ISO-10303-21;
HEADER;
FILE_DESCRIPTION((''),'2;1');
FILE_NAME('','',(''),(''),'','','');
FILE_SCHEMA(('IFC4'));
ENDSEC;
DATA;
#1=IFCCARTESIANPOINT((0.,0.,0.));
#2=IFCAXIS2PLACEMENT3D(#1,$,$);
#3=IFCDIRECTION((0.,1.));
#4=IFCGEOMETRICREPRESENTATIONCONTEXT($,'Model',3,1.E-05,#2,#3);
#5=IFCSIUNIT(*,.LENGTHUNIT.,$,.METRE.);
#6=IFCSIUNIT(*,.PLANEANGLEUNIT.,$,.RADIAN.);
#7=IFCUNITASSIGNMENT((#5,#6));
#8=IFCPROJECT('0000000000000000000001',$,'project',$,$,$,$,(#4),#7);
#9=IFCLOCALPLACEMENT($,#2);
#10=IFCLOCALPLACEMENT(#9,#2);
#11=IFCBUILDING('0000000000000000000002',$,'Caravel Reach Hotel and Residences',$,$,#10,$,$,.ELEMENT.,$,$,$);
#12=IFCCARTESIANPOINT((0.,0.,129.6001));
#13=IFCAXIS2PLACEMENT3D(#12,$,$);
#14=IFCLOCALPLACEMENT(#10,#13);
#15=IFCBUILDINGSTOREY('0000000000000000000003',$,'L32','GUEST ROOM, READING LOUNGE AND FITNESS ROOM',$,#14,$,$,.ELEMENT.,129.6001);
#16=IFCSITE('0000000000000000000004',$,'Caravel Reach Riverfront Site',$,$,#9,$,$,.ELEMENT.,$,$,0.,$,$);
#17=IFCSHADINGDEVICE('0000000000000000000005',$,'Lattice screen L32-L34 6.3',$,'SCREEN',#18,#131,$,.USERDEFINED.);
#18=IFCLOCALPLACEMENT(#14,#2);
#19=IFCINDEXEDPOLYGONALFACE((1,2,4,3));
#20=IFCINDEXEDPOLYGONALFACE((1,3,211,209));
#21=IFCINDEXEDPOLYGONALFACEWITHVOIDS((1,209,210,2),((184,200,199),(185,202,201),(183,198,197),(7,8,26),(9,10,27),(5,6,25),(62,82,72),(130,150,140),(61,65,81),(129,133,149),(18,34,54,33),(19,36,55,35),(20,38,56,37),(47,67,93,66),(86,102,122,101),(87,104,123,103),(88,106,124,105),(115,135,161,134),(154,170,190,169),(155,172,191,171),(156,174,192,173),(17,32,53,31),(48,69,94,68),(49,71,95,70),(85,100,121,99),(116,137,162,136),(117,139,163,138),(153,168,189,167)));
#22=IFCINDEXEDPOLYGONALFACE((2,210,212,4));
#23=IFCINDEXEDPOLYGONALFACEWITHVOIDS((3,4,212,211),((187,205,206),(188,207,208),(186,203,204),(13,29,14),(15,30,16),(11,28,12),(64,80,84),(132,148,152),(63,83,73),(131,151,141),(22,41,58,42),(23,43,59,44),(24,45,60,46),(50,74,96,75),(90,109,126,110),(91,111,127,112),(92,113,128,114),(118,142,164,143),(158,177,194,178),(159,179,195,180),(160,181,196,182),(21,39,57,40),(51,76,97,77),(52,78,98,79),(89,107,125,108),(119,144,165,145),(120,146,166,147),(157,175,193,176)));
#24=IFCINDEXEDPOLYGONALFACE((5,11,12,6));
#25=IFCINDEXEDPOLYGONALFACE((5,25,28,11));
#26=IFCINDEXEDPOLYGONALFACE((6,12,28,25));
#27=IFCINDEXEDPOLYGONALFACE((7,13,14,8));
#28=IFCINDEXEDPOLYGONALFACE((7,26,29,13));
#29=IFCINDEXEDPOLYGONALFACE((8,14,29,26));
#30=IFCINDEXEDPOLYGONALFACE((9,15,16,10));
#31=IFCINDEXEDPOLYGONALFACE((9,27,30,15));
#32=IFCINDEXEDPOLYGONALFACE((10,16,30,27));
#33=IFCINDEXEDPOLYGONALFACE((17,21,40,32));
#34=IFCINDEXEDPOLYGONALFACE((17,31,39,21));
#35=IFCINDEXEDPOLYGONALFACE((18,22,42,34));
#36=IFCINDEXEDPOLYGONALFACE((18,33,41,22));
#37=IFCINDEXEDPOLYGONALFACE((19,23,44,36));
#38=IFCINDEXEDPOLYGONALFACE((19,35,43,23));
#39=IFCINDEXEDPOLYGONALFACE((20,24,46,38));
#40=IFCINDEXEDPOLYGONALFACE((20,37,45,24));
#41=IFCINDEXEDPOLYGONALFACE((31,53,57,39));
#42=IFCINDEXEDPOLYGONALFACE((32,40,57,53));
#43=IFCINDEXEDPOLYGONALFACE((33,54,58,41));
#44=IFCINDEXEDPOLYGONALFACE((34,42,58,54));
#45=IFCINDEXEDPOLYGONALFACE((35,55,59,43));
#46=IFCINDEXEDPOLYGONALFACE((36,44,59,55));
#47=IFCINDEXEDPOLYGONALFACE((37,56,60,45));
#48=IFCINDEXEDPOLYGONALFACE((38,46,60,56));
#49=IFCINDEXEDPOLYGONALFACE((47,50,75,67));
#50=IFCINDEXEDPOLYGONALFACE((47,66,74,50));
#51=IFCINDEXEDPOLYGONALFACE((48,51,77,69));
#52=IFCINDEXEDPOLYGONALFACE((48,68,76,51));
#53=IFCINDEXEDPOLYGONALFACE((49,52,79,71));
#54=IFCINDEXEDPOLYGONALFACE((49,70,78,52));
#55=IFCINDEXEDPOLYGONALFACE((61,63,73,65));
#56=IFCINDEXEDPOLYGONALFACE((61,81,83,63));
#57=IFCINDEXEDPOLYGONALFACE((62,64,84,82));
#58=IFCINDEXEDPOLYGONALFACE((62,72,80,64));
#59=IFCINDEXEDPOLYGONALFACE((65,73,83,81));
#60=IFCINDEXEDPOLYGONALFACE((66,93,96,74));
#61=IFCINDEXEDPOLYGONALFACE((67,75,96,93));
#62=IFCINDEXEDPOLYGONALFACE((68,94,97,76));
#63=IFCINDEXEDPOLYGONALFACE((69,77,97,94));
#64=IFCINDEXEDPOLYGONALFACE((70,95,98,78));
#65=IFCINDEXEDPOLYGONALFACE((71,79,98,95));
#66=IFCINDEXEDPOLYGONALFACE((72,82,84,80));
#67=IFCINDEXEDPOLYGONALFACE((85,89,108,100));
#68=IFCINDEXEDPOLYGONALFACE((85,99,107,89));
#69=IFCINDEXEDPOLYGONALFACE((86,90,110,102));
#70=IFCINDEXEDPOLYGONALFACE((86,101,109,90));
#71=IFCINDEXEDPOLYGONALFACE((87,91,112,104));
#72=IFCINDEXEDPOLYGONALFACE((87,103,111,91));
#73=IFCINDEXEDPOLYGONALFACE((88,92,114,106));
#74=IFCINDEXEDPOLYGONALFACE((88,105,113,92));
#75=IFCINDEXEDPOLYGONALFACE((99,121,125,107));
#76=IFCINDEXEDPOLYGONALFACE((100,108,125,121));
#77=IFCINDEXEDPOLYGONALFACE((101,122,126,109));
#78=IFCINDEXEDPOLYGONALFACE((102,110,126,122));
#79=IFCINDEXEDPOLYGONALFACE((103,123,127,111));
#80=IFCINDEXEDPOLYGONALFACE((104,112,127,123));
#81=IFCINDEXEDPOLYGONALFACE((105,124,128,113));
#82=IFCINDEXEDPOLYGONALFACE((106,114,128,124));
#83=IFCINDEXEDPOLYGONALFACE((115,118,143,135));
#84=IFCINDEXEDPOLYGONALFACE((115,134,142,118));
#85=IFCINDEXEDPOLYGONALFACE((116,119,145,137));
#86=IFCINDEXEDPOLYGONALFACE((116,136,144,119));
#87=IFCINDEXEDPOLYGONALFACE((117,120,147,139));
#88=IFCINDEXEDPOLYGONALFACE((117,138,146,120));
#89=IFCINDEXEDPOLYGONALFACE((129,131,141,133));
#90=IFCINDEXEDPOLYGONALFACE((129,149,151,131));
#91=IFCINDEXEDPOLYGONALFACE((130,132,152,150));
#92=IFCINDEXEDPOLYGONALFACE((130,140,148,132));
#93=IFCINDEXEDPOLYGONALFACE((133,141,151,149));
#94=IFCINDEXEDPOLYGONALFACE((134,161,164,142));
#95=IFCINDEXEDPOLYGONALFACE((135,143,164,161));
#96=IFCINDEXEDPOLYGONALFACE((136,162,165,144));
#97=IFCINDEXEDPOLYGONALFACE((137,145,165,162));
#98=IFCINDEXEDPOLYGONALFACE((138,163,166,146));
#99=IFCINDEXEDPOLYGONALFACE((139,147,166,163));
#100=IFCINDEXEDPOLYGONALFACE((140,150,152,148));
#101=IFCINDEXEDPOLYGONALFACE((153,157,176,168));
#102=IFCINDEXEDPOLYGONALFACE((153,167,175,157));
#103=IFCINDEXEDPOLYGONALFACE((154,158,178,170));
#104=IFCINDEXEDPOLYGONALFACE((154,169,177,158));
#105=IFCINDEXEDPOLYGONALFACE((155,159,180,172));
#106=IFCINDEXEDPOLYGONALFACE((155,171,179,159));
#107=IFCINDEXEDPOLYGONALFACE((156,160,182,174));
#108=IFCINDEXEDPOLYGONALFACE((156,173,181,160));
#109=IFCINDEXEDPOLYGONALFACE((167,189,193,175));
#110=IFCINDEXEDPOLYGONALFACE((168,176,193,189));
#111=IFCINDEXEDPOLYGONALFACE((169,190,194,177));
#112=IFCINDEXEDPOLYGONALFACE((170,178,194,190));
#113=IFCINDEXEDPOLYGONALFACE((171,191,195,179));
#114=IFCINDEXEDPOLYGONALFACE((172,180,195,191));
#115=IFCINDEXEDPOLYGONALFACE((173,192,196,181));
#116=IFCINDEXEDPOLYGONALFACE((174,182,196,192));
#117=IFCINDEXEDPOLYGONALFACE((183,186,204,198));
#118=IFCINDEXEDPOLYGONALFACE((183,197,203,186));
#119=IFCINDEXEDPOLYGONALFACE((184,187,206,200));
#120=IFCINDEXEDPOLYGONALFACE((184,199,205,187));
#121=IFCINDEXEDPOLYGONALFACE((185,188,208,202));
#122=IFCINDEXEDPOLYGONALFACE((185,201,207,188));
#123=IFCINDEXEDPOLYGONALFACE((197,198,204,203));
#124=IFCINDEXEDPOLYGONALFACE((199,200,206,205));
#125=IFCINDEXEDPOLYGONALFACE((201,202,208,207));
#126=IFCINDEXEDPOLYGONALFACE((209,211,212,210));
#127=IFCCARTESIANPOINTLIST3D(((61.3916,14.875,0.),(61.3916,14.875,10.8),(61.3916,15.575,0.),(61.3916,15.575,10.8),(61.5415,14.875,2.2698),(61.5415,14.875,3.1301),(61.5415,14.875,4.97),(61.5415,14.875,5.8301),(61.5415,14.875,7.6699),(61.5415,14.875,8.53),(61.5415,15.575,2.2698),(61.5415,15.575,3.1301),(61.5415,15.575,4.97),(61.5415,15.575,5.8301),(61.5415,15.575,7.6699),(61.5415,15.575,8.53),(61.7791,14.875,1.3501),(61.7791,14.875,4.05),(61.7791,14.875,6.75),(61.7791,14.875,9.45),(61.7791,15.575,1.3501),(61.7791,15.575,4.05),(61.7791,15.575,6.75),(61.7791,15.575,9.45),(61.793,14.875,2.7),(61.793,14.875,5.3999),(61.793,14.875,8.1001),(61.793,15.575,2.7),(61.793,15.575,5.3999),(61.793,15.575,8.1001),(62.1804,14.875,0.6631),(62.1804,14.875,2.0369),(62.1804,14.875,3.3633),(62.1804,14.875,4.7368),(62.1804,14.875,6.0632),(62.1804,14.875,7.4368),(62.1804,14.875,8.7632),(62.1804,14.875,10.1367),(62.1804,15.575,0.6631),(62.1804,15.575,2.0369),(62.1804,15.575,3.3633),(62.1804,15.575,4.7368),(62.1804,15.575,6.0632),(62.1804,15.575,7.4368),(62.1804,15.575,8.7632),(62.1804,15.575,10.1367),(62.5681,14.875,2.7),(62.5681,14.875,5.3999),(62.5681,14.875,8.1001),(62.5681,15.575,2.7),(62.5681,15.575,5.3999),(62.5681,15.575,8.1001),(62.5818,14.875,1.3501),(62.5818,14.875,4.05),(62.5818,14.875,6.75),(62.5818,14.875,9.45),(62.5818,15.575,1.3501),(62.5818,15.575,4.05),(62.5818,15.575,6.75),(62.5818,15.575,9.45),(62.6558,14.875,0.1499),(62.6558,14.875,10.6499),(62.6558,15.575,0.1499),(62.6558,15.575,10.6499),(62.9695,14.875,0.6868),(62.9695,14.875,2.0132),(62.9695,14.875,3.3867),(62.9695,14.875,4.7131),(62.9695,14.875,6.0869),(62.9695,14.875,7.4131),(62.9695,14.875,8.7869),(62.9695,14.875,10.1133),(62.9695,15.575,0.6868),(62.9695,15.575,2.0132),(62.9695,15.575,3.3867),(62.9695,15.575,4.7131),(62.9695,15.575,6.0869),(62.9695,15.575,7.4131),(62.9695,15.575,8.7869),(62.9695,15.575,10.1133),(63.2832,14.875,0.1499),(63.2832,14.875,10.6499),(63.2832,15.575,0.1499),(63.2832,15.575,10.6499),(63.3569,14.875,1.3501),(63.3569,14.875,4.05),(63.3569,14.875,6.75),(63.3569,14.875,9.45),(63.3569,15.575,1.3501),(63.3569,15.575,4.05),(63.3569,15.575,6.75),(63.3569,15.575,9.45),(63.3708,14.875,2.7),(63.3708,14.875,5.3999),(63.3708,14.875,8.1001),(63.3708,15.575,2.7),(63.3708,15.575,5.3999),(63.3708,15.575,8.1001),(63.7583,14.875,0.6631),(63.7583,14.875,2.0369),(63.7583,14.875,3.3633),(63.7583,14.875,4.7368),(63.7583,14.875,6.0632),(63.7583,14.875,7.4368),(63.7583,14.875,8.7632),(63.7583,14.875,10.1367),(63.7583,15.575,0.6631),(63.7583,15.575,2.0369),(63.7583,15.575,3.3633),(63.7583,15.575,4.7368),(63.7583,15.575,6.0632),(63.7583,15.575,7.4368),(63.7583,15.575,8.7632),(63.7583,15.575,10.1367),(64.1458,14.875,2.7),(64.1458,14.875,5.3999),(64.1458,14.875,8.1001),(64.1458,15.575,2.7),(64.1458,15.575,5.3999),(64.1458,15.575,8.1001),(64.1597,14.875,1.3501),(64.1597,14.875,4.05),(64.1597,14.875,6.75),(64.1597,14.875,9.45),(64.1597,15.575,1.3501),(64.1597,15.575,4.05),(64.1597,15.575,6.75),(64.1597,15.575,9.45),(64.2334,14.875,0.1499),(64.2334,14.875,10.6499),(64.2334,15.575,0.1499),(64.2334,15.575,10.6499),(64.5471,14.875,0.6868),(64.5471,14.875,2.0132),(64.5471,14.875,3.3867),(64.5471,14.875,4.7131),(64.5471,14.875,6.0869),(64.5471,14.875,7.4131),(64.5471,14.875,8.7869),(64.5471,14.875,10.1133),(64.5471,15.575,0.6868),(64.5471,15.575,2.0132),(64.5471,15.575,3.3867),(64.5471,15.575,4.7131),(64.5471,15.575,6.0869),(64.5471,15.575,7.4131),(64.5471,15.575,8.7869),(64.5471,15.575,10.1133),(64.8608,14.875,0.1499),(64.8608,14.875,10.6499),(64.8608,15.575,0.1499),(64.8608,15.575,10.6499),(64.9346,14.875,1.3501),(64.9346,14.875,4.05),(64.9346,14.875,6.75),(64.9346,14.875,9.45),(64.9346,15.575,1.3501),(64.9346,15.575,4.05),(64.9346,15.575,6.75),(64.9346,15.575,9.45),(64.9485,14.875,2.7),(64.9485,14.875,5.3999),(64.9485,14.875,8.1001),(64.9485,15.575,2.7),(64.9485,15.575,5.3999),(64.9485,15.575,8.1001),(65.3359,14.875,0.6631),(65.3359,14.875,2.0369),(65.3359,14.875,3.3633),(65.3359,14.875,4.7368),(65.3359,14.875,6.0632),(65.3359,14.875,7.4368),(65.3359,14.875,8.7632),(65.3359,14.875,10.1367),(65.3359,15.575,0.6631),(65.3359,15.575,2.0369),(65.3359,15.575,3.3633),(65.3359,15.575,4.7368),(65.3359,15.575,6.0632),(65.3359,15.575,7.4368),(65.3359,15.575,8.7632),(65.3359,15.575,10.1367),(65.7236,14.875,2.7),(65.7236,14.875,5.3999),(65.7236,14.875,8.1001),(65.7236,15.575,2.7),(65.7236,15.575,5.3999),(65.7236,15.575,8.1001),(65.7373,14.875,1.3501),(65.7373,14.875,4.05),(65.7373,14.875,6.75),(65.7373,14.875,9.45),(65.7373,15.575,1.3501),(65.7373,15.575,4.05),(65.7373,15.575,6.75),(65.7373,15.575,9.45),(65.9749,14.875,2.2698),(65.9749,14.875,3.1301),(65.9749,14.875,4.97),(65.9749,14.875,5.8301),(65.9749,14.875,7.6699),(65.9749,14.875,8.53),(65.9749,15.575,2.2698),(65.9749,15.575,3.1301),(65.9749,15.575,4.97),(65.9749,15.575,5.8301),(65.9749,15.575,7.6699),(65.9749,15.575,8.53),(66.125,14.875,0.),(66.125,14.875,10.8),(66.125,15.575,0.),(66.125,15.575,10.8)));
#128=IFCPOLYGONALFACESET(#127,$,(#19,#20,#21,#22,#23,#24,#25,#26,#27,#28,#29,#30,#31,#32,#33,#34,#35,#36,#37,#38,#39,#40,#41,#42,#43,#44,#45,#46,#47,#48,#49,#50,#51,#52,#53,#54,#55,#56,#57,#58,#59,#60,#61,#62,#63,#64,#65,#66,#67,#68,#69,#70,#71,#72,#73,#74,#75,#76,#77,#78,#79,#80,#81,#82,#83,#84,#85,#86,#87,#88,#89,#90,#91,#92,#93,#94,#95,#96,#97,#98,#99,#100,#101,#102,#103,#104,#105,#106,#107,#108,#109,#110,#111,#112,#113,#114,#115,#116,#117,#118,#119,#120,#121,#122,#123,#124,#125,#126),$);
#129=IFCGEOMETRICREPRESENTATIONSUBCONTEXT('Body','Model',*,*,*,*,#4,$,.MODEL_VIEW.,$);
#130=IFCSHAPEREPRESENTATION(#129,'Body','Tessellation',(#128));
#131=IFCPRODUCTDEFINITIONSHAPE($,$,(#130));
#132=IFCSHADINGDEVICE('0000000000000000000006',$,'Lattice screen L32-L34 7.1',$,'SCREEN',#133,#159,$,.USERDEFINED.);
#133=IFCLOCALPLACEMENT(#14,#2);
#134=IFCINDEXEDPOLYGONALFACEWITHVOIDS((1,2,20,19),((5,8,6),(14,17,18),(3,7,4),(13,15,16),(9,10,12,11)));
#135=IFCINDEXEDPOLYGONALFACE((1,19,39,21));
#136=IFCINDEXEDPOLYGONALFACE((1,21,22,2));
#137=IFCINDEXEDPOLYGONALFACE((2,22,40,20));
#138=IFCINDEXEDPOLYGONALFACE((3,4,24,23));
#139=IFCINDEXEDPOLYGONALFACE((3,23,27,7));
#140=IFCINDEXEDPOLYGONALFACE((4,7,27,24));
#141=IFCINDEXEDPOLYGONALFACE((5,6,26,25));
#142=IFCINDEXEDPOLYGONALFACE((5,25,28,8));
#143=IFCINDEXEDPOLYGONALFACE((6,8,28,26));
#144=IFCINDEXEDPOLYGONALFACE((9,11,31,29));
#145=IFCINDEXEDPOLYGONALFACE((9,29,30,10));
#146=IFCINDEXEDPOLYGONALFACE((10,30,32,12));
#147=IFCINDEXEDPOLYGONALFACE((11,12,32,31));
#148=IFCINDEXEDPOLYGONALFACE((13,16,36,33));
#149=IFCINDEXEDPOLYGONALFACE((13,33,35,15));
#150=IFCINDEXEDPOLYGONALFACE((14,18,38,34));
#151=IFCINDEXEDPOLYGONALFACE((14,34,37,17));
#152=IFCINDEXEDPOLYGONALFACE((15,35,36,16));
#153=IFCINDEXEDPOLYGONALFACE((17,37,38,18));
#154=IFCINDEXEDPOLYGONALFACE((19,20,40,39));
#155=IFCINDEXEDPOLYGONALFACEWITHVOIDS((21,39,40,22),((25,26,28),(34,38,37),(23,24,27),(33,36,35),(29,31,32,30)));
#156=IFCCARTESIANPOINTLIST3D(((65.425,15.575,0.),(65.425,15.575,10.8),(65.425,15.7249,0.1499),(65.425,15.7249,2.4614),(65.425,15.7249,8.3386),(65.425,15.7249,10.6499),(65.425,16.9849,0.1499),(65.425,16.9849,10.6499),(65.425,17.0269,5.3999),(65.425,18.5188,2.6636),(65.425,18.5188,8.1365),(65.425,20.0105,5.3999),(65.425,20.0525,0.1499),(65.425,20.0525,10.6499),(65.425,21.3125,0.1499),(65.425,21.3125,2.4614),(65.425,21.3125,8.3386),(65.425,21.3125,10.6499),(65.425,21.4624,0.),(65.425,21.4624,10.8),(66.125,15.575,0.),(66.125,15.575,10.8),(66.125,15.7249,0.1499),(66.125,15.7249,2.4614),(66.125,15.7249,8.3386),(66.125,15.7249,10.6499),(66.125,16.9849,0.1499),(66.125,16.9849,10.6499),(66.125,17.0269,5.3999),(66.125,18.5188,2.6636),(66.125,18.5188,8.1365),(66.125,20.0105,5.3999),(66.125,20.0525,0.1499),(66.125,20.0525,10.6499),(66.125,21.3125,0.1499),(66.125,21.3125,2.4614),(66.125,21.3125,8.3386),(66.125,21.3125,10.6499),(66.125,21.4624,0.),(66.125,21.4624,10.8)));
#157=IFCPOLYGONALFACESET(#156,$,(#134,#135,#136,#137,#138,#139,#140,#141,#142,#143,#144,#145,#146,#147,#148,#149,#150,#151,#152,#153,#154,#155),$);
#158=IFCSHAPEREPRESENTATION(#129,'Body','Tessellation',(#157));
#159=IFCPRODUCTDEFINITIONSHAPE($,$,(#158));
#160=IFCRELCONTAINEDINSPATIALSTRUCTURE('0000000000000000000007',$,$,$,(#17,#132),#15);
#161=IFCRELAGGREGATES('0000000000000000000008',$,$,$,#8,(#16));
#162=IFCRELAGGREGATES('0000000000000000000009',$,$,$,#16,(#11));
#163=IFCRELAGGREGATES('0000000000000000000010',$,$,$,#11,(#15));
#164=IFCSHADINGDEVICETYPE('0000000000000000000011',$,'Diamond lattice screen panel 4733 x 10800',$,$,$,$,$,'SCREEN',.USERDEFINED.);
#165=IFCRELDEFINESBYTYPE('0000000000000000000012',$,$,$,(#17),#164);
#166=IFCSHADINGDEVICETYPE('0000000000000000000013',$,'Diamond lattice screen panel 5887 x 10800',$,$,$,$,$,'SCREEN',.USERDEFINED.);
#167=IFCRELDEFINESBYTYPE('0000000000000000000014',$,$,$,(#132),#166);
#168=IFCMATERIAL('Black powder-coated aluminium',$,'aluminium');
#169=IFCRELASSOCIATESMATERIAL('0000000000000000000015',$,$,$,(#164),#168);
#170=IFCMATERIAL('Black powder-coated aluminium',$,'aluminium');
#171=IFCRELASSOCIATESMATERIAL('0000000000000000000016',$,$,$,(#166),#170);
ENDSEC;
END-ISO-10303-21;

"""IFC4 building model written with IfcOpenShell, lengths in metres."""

from ifc_helpers import new_model, si_unit, direction, frame, origin, place, context, subcontext, project, spatial, polyline, outline, extrude, material, type_object, element, save


model = new_model("IFC4")

# Units and contexts
model_context = context("Model", 3, precision=1e-05, world=origin(), true_north=direction((0.0, 1.0)))
body_context = subcontext(model_context, "Body", "Model", "MODEL_VIEW")
ifc_project = project(units=[si_unit("LENGTHUNIT", "METRE"), si_unit("PLANEANGLEUNIT", "RADIAN")], contexts=[model_context])

# Site, building, storey
site_placement = place(None, origin())
site = spatial("IfcSite", under=ifc_project, at=site_placement, Name="Caravel Reach Riverfront Site", CompositionType="ELEMENT", RefElevation=0.0)
building_placement = place(site_placement, origin())
building = spatial("IfcBuilding", under=site, at=building_placement, Name="Caravel Reach Hotel and Residences", CompositionType="ELEMENT")
storey_placement = place(building_placement, frame((0.0, 0.0, 129.6001)))
storey = spatial("IfcBuildingStorey", under=building, at=storey_placement, Name="L32", Description="GUEST ROOM, READING LOUNGE AND FITNESS ROOM", CompositionType="ELEMENT", Elevation=129.6001)

# Shading devices
ifc_material_1 = material(Name="Black powder-coated aluminium", Category="aluminium")
shading_device_type_1 = type_object("IfcShadingDeviceType", Name="Diamond lattice screen panel 4733 x 10800", ElementType="SCREEN", PredefinedType="USERDEFINED", material=ifc_material_1)
shading_device_placement = place(storey_placement, frame((61.3916, 15.575, 0.0), z_axis=(0.0, -1.0, 0.0), x_axis=(1.0, 0.0, 0.0)))
element("IfcShadingDevice", 1, at=shading_device_placement, inside=storey, type_object=shading_device_type_1, Name="Lattice screen L32-L34 6.3", ObjectType="SCREEN", PredefinedType="USERDEFINED", context=body_context, shape_type="SweptSolid", body=[
    extrude(outline(polyline([(0.0, 0.0), (4.7334, 0.0), (4.7334, 10.8), (0.0, 10.8), (0.0, 0.0)]), holes=[polyline([(0.4014, 2.7), (0.1499, 3.1301), (0.1499, 2.2698), (0.4014, 2.7)]), polyline([(0.4014, 5.3999), (0.1499, 5.8301), (0.1499, 4.97), (0.4014, 5.3999)]), polyline([(0.4014, 8.1001), (0.1499, 8.53), (0.1499, 7.6699), (0.4014, 8.1001)]), polyline([(0.7888, 2.0369), (0.3875, 1.3501), (0.7888, 0.6631), (1.1902, 1.3501), (0.7888, 2.0369)]), polyline([(0.7888, 4.7368), (0.3875, 4.05), (0.7888, 3.3633), (1.1902, 4.05), (0.7888, 4.7368)]), polyline([(0.7888, 7.4368), (0.3875, 6.75), (0.7888, 6.0632), (1.1902, 6.75), (0.7888, 7.4368)]), polyline([(0.7888, 10.1367), (0.3875, 9.45), (0.7888, 8.7632), (1.1902, 9.45), (0.7888, 10.1367)]), polyline([(1.5779, 0.6868), (1.2642, 0.1499), (1.8916, 0.1499), (1.5779, 0.6868)]), polyline([(1.5779, 3.3867), (1.1765, 2.7), (1.5779, 2.0132), (1.9792, 2.7), (1.5779, 3.3867)]), polyline([(1.5779, 6.0869), (1.1765, 5.3999), (1.5779, 4.7131), (1.9792, 5.3999), (1.5779, 6.0869)]), polyline([(1.5779, 8.7869), (1.1765, 8.1001), (1.5779, 7.4131), (1.9792, 8.1001), (1.5779, 8.7869)]), polyline([(1.5779, 10.1133), (1.8916, 10.6499), (1.2642, 10.6499), (1.5779, 10.1133)]), polyline([(2.3667, 2.0369), (1.9653, 1.3501), (2.3667, 0.6631), (2.7681, 1.3501), (2.3667, 2.0369)]), polyline([(2.3667, 4.7368), (1.9653, 4.05), (2.3667, 3.3633), (2.7681, 4.05), (2.3667, 4.7368)]), polyline([(2.3667, 7.4368), (1.9653, 6.75), (2.3667, 6.0632), (2.7681, 6.75), (2.3667, 7.4368)]), polyline([(2.3667, 10.1367), (1.9653, 9.45), (2.3667, 8.7632), (2.7681, 9.45), (2.3667, 10.1367)]), polyline([(3.1555, 0.6868), (2.8418, 0.1499), (3.4692, 0.1499), (3.1555, 0.6868)]), polyline([(3.1555, 3.3867), (2.7542, 2.7), (3.1555, 2.0132), (3.5569, 2.7), (3.1555, 3.3867)]), polyline([(3.1555, 6.0869), (2.7542, 5.3999), (3.1555, 4.7131), (3.5569, 5.3999), (3.1555, 6.0869)]), polyline([(3.1555, 8.7869), (2.7542, 8.1001), (3.1555, 7.4131), (3.5569, 8.1001), (3.1555, 8.7869)]), polyline([(3.1555, 10.1133), (3.4692, 10.6499), (2.8418, 10.6499), (3.1555, 10.1133)]), polyline([(3.9443, 2.0369), (3.543, 1.3501), (3.9443, 0.6631), (4.3457, 1.3501), (3.9443, 2.0369)]), polyline([(3.9443, 4.7368), (3.543, 4.05), (3.9443, 3.3633), (4.3457, 4.05), (3.9443, 4.7368)]), polyline([(3.9443, 7.4368), (3.543, 6.75), (3.9443, 6.0632), (4.3457, 6.75), (3.9443, 7.4368)]), polyline([(3.9443, 10.1367), (3.543, 9.45), (3.9443, 8.7632), (4.3457, 9.45), (3.9443, 10.1367)]), polyline([(4.332, 2.7), (4.5833, 2.2698), (4.5833, 3.1301), (4.332, 2.7)]), polyline([(4.332, 5.3999), (4.5833, 4.97), (4.5833, 5.8301), (4.332, 5.3999)]), polyline([(4.332, 8.1001), (4.5833, 7.6699), (4.5833, 8.53), (4.332, 8.1001)])]), origin(), (0.0, 0.0, 1.0), 0.7),
])
ifc_material_2 = material(Name="Black powder-coated aluminium", Category="aluminium")
shading_device_type_2 = type_object("IfcShadingDeviceType", Name="Diamond lattice screen panel 5887 x 10800", ElementType="SCREEN", PredefinedType="USERDEFINED", material=ifc_material_2)
for number, where, z_axis, x_axis, name in (
    (2, (65.425, 15.575, 0.0), (1.0, 0.0, 0.0), (0.0, 1.0, 0.0), "Lattice screen L32-L34 7.1"),
):
    element("IfcShadingDevice", number, at=place(storey_placement, frame(where, z_axis=z_axis, x_axis=x_axis)), inside=storey, type_object=shading_device_type_2, Name=name, ObjectType="SCREEN", PredefinedType="USERDEFINED", context=body_context, shape_type="SweptSolid", body=[
        extrude(outline(polyline([(0.0, 0.0), (5.8875, 0.0), (5.8875, 10.8), (0.0, 10.8), (0.0, 0.0)]), holes=[polyline([(1.4099, 0.1499), (0.1499, 2.4614), (0.1499, 0.1499), (1.4099, 0.1499)]), polyline([(0.1499, 8.3386), (1.4099, 10.6499), (0.1499, 10.6499), (0.1499, 8.3386)]), polyline([(2.9438, 8.1365), (1.4519, 5.3999), (2.9438, 2.6636), (4.4355, 5.3999), (2.9438, 8.1365)]), polyline([(5.7375, 2.4614), (4.4775, 0.1499), (5.7375, 0.1499), (5.7375, 2.4614)]), polyline([(4.4775, 10.6499), (5.7375, 8.3386), (5.7375, 10.6499), (4.4775, 10.6499)])]), origin(), (0.0, 0.0, 1.0), 0.7),
    ])

save(model, "model.ifc")
